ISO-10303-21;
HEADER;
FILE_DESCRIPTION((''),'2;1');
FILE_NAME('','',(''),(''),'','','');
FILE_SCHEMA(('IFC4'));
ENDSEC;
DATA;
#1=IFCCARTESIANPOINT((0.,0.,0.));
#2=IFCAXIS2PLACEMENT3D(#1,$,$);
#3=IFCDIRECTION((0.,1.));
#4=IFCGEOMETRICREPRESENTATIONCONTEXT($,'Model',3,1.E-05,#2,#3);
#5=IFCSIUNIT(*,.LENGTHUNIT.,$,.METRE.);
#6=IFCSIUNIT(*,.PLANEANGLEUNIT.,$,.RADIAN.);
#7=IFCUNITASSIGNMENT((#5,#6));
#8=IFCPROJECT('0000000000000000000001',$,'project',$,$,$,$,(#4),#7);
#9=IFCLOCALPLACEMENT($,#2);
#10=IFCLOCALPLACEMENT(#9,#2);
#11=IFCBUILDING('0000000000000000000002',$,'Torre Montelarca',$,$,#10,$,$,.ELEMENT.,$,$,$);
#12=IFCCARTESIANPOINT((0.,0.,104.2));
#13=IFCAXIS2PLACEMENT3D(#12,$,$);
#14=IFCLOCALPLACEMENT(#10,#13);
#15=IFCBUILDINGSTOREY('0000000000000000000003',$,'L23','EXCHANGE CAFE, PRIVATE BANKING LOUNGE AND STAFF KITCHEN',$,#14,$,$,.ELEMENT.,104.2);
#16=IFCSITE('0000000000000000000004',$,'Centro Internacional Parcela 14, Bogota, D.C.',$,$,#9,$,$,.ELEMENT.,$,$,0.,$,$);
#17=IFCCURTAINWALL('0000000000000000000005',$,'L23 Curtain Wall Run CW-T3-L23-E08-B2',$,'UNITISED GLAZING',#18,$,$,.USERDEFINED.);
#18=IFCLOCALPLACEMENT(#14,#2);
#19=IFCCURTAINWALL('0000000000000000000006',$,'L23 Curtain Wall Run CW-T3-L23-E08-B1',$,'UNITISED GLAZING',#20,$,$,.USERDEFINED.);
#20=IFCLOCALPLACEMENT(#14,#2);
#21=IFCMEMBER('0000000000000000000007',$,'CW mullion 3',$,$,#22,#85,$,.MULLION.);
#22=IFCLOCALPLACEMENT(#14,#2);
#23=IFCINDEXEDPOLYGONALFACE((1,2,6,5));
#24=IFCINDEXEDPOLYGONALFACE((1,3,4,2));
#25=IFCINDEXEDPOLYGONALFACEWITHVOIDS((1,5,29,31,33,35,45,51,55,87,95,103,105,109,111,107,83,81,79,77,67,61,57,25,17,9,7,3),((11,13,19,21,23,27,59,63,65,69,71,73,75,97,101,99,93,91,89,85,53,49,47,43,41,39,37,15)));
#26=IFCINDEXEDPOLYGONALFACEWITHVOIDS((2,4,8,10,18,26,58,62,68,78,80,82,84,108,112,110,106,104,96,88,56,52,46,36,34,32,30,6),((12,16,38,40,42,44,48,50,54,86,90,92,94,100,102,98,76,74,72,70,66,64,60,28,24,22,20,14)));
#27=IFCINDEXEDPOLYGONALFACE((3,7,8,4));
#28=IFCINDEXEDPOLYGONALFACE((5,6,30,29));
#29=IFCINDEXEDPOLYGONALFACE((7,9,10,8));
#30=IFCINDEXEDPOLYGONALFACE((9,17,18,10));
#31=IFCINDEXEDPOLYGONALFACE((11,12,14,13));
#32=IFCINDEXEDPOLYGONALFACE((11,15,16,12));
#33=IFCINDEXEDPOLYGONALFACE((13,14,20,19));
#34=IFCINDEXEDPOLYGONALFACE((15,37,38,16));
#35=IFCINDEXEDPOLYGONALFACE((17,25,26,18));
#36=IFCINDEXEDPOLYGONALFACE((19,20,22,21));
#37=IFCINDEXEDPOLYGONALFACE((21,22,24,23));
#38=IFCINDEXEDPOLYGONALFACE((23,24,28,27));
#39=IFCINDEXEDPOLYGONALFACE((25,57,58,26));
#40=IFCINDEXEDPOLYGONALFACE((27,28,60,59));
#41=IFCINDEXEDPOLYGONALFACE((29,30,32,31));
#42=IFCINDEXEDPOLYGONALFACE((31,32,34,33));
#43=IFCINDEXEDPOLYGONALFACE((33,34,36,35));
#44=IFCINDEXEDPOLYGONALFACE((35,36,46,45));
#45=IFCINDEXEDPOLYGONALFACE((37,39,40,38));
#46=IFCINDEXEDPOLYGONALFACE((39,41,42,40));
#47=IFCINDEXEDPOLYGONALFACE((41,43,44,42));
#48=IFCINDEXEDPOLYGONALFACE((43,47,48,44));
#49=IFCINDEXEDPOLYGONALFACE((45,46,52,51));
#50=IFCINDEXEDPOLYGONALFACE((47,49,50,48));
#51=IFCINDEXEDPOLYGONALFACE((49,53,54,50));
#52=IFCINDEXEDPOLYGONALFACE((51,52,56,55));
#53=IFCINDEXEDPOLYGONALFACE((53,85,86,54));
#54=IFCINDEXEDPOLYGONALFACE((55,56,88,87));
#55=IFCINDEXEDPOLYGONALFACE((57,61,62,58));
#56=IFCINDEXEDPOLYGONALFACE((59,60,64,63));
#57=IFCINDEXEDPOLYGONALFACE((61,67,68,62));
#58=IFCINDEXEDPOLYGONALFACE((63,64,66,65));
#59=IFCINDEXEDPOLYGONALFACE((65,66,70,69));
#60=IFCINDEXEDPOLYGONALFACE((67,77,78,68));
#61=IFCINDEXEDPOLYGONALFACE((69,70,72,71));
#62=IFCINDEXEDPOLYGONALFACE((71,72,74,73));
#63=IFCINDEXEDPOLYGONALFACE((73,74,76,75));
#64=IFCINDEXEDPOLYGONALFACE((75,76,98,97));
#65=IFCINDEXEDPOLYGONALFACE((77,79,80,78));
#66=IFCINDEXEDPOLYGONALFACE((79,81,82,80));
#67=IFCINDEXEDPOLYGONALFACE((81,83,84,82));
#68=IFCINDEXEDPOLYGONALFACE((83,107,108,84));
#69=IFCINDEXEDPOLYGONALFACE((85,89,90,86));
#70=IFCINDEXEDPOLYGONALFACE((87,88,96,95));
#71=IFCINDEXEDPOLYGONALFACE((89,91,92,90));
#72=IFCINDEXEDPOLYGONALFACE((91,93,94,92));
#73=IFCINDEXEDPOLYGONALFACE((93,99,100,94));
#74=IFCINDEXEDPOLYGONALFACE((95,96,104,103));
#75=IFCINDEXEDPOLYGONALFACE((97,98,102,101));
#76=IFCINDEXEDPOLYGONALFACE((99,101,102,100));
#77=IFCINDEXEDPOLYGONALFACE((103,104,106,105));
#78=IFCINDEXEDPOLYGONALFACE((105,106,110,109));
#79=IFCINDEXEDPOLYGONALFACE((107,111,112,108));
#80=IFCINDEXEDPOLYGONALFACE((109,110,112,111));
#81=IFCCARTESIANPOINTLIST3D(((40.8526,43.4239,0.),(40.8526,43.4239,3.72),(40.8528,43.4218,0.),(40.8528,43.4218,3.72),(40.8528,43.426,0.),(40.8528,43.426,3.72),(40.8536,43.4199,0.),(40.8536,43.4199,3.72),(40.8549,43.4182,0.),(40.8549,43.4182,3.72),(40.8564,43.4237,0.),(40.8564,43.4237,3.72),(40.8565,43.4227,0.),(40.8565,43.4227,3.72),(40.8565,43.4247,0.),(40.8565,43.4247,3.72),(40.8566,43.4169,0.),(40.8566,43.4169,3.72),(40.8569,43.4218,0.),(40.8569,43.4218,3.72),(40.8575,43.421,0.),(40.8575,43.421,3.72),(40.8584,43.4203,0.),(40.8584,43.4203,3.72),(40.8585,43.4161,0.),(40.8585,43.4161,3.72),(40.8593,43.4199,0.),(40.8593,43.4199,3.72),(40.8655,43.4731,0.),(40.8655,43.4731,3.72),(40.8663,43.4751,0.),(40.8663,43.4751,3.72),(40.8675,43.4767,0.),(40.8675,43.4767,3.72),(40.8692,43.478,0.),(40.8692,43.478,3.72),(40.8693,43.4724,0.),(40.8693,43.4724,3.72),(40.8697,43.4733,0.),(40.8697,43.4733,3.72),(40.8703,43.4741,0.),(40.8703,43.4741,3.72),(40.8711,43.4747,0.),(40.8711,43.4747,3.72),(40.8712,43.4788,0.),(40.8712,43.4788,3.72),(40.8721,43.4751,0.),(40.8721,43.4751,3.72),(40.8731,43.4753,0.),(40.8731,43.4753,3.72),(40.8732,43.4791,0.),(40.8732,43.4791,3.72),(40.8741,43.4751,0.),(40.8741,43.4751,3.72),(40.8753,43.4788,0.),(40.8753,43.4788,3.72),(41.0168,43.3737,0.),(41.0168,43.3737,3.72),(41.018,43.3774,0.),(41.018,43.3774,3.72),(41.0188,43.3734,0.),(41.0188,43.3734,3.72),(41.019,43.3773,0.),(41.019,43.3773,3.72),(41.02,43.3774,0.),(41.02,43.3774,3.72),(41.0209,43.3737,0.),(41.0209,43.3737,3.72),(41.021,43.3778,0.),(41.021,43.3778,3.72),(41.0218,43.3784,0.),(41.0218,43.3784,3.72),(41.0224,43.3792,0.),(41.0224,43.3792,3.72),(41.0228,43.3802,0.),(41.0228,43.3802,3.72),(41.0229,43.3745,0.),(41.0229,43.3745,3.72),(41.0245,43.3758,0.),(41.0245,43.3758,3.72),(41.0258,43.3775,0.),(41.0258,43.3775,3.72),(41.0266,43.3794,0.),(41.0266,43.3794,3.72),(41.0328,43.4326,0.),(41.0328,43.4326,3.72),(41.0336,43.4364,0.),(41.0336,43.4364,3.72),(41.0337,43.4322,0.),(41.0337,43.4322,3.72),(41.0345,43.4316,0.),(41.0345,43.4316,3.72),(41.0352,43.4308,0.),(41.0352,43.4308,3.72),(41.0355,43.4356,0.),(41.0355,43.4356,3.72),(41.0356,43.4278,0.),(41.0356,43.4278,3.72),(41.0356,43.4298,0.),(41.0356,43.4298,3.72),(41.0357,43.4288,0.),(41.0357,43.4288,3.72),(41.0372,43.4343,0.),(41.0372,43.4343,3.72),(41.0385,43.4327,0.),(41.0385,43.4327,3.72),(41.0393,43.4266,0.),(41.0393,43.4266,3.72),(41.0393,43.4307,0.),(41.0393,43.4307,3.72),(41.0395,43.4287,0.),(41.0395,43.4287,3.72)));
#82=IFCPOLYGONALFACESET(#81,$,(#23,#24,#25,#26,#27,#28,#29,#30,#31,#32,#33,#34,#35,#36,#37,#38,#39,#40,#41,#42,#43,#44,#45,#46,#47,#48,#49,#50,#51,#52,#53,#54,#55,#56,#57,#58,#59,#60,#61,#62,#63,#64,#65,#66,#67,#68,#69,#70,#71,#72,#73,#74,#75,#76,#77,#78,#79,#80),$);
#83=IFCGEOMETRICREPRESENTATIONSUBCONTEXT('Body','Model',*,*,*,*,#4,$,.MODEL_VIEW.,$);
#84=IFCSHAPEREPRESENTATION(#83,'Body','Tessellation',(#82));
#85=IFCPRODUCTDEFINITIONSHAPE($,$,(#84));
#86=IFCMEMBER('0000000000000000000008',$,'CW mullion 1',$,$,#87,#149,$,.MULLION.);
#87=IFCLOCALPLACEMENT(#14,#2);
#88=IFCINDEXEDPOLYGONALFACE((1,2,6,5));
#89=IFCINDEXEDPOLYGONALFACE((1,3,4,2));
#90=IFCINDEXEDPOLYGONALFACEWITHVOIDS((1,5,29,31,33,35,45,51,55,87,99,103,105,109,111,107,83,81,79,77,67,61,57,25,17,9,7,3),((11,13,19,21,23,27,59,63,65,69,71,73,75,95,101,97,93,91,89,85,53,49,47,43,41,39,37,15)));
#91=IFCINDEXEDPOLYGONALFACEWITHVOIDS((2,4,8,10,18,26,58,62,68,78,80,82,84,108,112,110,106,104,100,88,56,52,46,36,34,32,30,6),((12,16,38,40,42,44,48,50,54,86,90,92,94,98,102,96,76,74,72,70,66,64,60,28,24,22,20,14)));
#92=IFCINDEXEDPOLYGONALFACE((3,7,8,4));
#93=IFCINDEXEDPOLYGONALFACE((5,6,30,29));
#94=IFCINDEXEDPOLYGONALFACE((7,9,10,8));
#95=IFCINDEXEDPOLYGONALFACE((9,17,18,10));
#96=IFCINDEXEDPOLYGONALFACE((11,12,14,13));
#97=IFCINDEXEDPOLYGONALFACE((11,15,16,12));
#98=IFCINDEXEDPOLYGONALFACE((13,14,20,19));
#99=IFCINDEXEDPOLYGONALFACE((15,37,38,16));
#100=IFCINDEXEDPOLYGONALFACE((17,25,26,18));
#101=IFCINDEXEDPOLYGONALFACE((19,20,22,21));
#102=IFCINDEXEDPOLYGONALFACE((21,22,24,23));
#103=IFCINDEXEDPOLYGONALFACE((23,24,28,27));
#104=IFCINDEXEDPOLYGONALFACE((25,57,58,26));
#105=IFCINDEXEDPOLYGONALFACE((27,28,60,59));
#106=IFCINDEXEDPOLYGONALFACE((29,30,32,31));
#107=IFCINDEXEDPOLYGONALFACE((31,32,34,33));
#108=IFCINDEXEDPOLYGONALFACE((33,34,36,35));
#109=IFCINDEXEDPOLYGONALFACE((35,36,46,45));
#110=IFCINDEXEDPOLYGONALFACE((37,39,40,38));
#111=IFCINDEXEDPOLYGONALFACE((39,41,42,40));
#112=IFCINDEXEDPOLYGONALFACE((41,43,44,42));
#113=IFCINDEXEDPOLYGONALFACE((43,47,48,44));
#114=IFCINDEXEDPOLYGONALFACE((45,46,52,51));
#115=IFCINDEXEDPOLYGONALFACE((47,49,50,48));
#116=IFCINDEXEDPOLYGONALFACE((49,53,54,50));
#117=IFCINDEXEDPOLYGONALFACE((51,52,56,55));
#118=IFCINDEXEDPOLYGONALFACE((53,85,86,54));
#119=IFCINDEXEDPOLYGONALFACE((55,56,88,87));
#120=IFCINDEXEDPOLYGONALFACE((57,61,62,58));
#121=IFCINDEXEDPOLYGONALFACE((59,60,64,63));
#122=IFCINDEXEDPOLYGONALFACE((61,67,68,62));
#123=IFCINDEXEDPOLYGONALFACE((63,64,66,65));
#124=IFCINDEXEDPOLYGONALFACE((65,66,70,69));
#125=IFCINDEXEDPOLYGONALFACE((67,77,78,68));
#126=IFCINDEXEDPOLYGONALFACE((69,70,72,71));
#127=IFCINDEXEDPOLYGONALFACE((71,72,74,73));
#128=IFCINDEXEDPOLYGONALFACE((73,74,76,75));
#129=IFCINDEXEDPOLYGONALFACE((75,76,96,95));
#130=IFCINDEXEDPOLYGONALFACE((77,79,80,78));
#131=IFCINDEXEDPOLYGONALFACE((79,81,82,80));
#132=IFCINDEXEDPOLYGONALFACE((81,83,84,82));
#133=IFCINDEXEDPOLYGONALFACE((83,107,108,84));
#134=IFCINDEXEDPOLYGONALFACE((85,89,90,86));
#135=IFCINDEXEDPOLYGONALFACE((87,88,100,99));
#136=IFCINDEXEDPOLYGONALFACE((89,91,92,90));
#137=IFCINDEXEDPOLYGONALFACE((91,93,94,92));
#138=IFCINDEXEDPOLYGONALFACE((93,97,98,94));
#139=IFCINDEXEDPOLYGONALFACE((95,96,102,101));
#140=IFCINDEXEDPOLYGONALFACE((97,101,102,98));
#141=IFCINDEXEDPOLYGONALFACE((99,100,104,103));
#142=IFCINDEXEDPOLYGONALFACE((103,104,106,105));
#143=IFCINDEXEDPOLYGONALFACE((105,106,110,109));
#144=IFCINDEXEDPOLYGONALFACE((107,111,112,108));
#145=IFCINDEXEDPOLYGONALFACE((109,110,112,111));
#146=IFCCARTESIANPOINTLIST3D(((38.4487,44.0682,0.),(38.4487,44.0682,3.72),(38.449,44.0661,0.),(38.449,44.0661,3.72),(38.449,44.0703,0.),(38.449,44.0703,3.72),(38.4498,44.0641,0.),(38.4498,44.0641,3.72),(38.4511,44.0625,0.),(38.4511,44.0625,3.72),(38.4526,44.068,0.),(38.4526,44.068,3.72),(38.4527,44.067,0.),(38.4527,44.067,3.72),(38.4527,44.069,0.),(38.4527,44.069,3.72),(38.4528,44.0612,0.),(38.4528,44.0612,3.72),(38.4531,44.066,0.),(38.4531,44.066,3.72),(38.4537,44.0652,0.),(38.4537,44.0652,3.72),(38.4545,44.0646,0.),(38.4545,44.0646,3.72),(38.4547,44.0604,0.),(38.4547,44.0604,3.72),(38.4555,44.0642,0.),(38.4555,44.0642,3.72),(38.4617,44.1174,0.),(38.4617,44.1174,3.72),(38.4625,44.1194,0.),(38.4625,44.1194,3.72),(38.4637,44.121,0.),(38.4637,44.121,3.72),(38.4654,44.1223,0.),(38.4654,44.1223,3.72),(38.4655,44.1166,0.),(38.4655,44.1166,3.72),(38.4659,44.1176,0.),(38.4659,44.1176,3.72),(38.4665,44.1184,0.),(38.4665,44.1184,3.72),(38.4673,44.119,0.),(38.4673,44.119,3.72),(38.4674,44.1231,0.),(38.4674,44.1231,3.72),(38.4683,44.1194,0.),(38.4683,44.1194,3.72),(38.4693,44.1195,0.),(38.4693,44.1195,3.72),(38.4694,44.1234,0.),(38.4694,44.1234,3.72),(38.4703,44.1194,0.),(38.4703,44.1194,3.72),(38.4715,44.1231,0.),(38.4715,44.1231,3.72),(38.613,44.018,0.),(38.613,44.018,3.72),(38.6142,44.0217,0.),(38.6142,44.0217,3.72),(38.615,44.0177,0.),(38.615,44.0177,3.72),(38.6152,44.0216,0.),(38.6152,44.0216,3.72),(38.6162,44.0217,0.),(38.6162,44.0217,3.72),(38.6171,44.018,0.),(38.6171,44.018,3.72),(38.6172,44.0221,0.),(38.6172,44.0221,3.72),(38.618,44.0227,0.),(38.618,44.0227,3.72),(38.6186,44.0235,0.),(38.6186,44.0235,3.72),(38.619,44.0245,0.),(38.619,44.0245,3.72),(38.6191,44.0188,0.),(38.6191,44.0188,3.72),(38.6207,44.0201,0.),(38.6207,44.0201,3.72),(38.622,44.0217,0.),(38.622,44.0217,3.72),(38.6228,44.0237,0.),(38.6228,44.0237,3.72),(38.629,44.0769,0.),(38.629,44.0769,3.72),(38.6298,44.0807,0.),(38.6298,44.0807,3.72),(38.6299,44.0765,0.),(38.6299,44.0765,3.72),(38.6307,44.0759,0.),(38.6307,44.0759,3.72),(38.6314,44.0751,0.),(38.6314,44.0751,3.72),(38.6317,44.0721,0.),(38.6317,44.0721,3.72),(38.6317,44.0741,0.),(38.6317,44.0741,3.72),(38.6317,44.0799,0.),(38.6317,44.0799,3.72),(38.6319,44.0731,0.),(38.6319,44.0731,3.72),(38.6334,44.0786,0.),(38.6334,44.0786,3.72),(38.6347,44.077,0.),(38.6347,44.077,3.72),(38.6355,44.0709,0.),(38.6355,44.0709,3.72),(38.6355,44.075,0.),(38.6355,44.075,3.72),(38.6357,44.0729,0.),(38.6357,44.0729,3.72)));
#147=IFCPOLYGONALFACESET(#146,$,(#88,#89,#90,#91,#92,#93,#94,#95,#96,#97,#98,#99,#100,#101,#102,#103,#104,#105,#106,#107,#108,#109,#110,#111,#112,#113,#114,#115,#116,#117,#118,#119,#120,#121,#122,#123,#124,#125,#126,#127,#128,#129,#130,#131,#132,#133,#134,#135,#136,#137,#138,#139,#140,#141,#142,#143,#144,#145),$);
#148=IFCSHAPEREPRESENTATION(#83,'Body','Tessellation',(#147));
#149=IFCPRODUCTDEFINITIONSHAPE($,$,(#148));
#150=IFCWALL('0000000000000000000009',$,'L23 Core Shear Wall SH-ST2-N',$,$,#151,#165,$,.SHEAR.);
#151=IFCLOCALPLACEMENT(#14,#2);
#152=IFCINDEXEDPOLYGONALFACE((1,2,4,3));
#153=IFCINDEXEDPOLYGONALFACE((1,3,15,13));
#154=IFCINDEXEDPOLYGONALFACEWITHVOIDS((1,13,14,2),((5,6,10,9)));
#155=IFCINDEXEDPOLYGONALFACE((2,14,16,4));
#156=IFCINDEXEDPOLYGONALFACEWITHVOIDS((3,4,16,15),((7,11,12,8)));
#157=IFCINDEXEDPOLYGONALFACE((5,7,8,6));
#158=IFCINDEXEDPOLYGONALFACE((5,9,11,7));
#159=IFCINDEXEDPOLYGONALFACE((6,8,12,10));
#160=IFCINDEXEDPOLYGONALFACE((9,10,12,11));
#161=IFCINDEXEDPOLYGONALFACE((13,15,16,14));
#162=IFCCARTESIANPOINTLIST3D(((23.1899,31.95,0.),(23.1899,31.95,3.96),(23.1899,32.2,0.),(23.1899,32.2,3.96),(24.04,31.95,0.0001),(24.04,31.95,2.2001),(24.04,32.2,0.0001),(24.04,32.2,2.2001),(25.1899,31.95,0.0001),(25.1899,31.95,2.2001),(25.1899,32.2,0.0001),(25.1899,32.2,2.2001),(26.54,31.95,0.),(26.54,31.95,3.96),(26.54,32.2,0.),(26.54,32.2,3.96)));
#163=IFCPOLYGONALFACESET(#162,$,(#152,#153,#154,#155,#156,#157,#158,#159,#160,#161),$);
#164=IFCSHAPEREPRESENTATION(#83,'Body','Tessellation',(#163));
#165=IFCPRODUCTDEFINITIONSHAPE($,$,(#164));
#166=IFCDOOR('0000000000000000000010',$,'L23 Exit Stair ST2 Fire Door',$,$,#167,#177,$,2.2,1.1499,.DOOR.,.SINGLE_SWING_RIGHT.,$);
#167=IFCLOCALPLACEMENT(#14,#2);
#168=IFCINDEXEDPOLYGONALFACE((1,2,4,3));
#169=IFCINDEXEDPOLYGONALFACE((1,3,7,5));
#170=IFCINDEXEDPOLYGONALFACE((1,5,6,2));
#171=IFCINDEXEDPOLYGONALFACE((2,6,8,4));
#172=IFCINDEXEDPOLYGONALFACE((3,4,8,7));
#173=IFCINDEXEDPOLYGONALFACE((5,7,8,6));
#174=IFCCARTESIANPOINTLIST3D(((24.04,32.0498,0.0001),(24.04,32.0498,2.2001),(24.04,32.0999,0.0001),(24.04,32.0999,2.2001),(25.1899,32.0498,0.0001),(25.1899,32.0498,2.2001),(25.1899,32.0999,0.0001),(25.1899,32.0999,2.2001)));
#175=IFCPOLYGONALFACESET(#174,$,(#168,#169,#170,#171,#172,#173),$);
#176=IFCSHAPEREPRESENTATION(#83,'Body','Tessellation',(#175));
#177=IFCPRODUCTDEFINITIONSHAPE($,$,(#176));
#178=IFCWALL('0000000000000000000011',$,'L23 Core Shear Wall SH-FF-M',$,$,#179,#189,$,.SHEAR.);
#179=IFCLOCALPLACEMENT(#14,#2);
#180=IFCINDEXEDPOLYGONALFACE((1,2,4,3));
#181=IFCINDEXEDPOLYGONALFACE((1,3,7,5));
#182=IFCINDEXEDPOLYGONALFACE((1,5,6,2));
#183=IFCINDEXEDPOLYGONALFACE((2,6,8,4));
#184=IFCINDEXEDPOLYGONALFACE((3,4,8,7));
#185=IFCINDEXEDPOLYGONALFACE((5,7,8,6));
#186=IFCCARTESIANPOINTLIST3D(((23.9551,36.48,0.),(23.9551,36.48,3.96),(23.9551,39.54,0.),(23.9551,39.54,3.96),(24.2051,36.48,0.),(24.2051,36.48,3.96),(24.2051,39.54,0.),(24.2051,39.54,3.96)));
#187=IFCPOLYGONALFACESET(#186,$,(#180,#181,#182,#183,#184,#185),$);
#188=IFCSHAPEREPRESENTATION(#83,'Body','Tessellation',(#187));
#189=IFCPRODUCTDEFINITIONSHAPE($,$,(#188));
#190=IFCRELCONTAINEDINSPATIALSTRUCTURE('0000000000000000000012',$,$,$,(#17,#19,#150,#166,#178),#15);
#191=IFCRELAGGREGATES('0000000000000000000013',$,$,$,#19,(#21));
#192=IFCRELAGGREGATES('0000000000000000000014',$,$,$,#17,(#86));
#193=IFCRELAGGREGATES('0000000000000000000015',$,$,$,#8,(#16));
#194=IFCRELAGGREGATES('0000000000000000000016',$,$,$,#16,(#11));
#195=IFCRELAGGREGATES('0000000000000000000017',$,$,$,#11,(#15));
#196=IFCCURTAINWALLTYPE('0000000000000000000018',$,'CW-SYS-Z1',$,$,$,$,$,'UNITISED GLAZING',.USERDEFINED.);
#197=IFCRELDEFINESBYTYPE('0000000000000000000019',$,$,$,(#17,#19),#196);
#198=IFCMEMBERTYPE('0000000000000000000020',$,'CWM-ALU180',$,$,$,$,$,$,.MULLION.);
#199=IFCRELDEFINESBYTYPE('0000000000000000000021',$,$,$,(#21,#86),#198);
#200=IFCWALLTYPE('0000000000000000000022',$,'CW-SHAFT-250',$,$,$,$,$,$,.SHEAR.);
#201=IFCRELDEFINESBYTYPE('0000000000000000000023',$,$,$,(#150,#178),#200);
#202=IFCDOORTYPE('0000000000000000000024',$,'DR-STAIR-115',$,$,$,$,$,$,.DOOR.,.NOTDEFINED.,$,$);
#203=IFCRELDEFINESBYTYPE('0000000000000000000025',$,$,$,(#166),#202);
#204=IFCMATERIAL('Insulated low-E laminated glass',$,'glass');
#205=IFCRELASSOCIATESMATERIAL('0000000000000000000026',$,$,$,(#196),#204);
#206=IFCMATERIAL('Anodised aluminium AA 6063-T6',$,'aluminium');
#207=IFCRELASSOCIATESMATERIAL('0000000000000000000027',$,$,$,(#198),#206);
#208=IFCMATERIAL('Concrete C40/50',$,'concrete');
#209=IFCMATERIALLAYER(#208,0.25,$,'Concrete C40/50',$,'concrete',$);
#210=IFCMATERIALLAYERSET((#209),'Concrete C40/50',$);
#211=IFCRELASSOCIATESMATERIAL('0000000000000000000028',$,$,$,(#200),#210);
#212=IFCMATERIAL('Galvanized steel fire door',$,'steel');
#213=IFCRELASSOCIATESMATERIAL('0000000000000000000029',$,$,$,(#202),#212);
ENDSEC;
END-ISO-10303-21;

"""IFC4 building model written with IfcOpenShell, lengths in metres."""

from ifc_helpers import new_model, si_unit, direction, frame, frame_2d, origin, origin_2d, place, context, subcontext, project, spatial, rectangle, hollow_rectangle, extrude, source, transform, mapped, material, layer, layer_set, material_profile, profile_set, type_object, element, fill, aggregate, save


model = new_model("IFC4")

# Units and contexts
model_context = context("Model", 3, precision=1e-05, world=origin(), true_north=direction((0.0, 1.0)))
body_context = subcontext(model_context, "Body", "Model", "MODEL_VIEW")
ifc_project = project(units=[si_unit("LENGTHUNIT", "METRE"), si_unit("PLANEANGLEUNIT", "RADIAN")], contexts=[model_context])

# Site, building, storey
site_placement = place(None, origin())
site = spatial("IfcSite", under=ifc_project, at=site_placement, Name="Centro Internacional Parcela 14, Bogota, D.C.", CompositionType="ELEMENT", RefElevation=0.0)
building_placement = place(site_placement, origin())
building = spatial("IfcBuilding", under=site, at=building_placement, Name="Torre Montelarca", CompositionType="ELEMENT")
storey_placement = place(building_placement, frame((0.0, 0.0, 104.2)))
storey = spatial("IfcBuildingStorey", under=building, at=storey_placement, Name="L23", Description="EXCHANGE CAFE, PRIVATE BANKING LOUNGE AND STAFF KITCHEN", CompositionType="ELEMENT", Elevation=104.2)

# Curtain wall
ifc_material_1 = material(Name="Insulated low-E laminated glass", Category="glass")
curtain_wall_type = type_object("IfcCurtainWallType", Name="CW-SYS-Z1", ElementType="UNITISED GLAZING", PredefinedType="USERDEFINED", material=ifc_material_1)
curtain_wall_1_placement = place(storey_placement, origin())
curtain_wall_1 = element("IfcCurtainWall", 1, at=curtain_wall_1_placement, inside=storey, type_object=curtain_wall_type, Name="L23 Curtain Wall Run CW-T3-L23-E08-B2", ObjectType="UNITISED GLAZING", PredefinedType="USERDEFINED")
ifc_material_2 = material(Name="Anodised aluminium AA 6063-T6", Category="aluminium")

# Curtain wall, member
curtain_wall_2_placement = place(storey_placement, origin())
curtain_wall_2 = element("IfcCurtainWall", 2, at=curtain_wall_2_placement, inside=storey, type_object=curtain_wall_type, Name="L23 Curtain Wall Run CW-T3-L23-E08-B1", ObjectType="UNITISED GLAZING", PredefinedType="USERDEFINED")
ifc_material_profile_1 = material_profile(ifc_material_2, hollow_rectangle(XDim=0.0649, YDim=0.1799, WallThickness=0.0039, InnerFilletRadius=0.0039, OuterFilletRadius=0.0081, at=origin_2d()), Name="ALU65X180X4", Category="aluminium")
ifc_profile_set_1 = profile_set([ifc_material_profile_1], Name="Anodised aluminium AA 6063-T6")
member_type_1 = type_object("IfcMemberType", Name="CWM-ALU180", PredefinedType="MULLION", material=ifc_profile_set_1)
shared_shape_1 = source(origin(), body_context, "Body", "SweptSolid", [
    extrude(hollow_rectangle(XDim=0.0649, YDim=0.1799, WallThickness=0.0039, InnerFilletRadius=0.0039, OuterFilletRadius=0.0081, at=origin_2d()), origin(), (0.0, 0.0, 1.0), 3.72),
])
member_1_placement = place(storey_placement, frame((40.946, 43.4263, 0.0), z_axis=(0.0, 0.0, 1.0), x_axis=(-0.25882, -0.965926, 0.0)))
member_1 = element("IfcMember", 3, at=member_1_placement, type_object=member_type_1, Name="CW mullion 3", PredefinedType="MULLION", context=body_context, shape_type="MappedRepresentation", body=[
    mapped(shared_shape_1, transform((0.0, 0.0, 0.0), scale=1.0)),
])
aggregate(curtain_wall_2, [member_1])

# Member
member_2_placement = place(storey_placement, frame((38.5422, 44.0706, 0.0), z_axis=(0.0, 0.0, 1.0), x_axis=(-0.258816, -0.965927, 0.0)))
member_2 = element("IfcMember", 4, at=member_2_placement, type_object=member_type_1, Name="CW mullion 1", PredefinedType="MULLION", context=body_context, shape_type="MappedRepresentation", body=[
    mapped(shared_shape_1, transform((0.0, 0.0, 0.0), scale=1.0)),
])
aggregate(curtain_wall_1, [member_2])

# Wall, opening, door
ifc_material_3 = material(Name="Concrete C40/50", Category="concrete")
ifc_layer_1 = layer(ifc_material_3, 0.25, Name="Concrete C40/50", Category="concrete")
ifc_layer_set_1 = layer_set([ifc_layer_1], Name="Concrete C40/50")
wall_type_1 = type_object("IfcWallType", Name="CW-SHAFT-250", PredefinedType="SHEAR", material=ifc_layer_set_1)
wall_1_placement = place(storey_placement, frame((23.1899, 32.075, 0.0), z_axis=(0.0, 0.0, 1.0), x_axis=(1.0, 0.0, 0.0)))
wall_1 = element("IfcWall", 5, at=wall_1_placement, inside=storey, type_object=wall_type_1, Name="L23 Core Shear Wall SH-ST2-N", PredefinedType="SHEAR", context=body_context, shape_type="SweptSolid", body=[
    extrude(rectangle(XDim=3.3501, YDim=0.25, at=frame_2d((1.675, 0.0))), origin(), (0.0, 0.0, 1.0), 3.96),
])
opening_1_placement = place(wall_1_placement, frame((0.8501, 0.0, 0.0)))
opening_1 = element("IfcOpeningElement", 6, at=opening_1_placement, cuts=wall_1, PredefinedType="OPENING", context=body_context, shape_type="SweptSolid", body=[
    extrude(rectangle(XDim=1.1499, YDim=2.2, at=frame_2d((0.575, 1.1001))), frame((0.0, 0.135, 0.0), z_axis=(0.0, -1.0, 0.0), x_axis=(1.0, 0.0, 0.0)), (0.0, 0.0, 1.0), 0.27),
])
ifc_material_4 = material(Name="Galvanized steel fire door", Category="steel")
door_type_1 = type_object("IfcDoorType", Name="DR-STAIR-115", OperationType="NOTDEFINED", PredefinedType="DOOR", material=ifc_material_4)
shared_shape_2 = source(origin(), body_context, "Body", "SweptSolid", [
    extrude(rectangle(XDim=1.1499, YDim=2.2, at=frame_2d((0.575, 1.1001))), frame((0.0, 0.0249, 0.0), z_axis=(0.0, -1.0, 0.0), x_axis=(1.0, 0.0, 0.0)), (0.0, 0.0, 1.0), 0.05),
])
door_1_placement = place(opening_1_placement, origin())
door_1 = element("IfcDoor", 7, at=door_1_placement, inside=storey, type_object=door_type_1, Name="L23 Exit Stair ST2 Fire Door", OperationType="SINGLE_SWING_RIGHT", OverallHeight=2.2, OverallWidth=1.1499, PredefinedType="DOOR", context=body_context, shape_type="MappedRepresentation", body=[
    mapped(shared_shape_2, transform((0.0, 0.0, 0.0), scale=1.0)),
])
fill(opening_1, door_1)

# Wall
wall_2_placement = place(storey_placement, frame((24.0801, 36.48, 0.0), z_axis=(0.0, 0.0, 1.0), x_axis=(0.0, 1.0, 0.0)))
element("IfcWall", 8, at=wall_2_placement, inside=storey, type_object=wall_type_1, Name="L23 Core Shear Wall SH-FF-M", PredefinedType="SHEAR", context=body_context, shape_type="SweptSolid", body=[
    extrude(rectangle(XDim=3.0601, YDim=0.25, at=frame_2d((1.53, 0.0))), origin(), (0.0, 0.0, 1.0), 3.96),
])

save(model, "model.ifc")
